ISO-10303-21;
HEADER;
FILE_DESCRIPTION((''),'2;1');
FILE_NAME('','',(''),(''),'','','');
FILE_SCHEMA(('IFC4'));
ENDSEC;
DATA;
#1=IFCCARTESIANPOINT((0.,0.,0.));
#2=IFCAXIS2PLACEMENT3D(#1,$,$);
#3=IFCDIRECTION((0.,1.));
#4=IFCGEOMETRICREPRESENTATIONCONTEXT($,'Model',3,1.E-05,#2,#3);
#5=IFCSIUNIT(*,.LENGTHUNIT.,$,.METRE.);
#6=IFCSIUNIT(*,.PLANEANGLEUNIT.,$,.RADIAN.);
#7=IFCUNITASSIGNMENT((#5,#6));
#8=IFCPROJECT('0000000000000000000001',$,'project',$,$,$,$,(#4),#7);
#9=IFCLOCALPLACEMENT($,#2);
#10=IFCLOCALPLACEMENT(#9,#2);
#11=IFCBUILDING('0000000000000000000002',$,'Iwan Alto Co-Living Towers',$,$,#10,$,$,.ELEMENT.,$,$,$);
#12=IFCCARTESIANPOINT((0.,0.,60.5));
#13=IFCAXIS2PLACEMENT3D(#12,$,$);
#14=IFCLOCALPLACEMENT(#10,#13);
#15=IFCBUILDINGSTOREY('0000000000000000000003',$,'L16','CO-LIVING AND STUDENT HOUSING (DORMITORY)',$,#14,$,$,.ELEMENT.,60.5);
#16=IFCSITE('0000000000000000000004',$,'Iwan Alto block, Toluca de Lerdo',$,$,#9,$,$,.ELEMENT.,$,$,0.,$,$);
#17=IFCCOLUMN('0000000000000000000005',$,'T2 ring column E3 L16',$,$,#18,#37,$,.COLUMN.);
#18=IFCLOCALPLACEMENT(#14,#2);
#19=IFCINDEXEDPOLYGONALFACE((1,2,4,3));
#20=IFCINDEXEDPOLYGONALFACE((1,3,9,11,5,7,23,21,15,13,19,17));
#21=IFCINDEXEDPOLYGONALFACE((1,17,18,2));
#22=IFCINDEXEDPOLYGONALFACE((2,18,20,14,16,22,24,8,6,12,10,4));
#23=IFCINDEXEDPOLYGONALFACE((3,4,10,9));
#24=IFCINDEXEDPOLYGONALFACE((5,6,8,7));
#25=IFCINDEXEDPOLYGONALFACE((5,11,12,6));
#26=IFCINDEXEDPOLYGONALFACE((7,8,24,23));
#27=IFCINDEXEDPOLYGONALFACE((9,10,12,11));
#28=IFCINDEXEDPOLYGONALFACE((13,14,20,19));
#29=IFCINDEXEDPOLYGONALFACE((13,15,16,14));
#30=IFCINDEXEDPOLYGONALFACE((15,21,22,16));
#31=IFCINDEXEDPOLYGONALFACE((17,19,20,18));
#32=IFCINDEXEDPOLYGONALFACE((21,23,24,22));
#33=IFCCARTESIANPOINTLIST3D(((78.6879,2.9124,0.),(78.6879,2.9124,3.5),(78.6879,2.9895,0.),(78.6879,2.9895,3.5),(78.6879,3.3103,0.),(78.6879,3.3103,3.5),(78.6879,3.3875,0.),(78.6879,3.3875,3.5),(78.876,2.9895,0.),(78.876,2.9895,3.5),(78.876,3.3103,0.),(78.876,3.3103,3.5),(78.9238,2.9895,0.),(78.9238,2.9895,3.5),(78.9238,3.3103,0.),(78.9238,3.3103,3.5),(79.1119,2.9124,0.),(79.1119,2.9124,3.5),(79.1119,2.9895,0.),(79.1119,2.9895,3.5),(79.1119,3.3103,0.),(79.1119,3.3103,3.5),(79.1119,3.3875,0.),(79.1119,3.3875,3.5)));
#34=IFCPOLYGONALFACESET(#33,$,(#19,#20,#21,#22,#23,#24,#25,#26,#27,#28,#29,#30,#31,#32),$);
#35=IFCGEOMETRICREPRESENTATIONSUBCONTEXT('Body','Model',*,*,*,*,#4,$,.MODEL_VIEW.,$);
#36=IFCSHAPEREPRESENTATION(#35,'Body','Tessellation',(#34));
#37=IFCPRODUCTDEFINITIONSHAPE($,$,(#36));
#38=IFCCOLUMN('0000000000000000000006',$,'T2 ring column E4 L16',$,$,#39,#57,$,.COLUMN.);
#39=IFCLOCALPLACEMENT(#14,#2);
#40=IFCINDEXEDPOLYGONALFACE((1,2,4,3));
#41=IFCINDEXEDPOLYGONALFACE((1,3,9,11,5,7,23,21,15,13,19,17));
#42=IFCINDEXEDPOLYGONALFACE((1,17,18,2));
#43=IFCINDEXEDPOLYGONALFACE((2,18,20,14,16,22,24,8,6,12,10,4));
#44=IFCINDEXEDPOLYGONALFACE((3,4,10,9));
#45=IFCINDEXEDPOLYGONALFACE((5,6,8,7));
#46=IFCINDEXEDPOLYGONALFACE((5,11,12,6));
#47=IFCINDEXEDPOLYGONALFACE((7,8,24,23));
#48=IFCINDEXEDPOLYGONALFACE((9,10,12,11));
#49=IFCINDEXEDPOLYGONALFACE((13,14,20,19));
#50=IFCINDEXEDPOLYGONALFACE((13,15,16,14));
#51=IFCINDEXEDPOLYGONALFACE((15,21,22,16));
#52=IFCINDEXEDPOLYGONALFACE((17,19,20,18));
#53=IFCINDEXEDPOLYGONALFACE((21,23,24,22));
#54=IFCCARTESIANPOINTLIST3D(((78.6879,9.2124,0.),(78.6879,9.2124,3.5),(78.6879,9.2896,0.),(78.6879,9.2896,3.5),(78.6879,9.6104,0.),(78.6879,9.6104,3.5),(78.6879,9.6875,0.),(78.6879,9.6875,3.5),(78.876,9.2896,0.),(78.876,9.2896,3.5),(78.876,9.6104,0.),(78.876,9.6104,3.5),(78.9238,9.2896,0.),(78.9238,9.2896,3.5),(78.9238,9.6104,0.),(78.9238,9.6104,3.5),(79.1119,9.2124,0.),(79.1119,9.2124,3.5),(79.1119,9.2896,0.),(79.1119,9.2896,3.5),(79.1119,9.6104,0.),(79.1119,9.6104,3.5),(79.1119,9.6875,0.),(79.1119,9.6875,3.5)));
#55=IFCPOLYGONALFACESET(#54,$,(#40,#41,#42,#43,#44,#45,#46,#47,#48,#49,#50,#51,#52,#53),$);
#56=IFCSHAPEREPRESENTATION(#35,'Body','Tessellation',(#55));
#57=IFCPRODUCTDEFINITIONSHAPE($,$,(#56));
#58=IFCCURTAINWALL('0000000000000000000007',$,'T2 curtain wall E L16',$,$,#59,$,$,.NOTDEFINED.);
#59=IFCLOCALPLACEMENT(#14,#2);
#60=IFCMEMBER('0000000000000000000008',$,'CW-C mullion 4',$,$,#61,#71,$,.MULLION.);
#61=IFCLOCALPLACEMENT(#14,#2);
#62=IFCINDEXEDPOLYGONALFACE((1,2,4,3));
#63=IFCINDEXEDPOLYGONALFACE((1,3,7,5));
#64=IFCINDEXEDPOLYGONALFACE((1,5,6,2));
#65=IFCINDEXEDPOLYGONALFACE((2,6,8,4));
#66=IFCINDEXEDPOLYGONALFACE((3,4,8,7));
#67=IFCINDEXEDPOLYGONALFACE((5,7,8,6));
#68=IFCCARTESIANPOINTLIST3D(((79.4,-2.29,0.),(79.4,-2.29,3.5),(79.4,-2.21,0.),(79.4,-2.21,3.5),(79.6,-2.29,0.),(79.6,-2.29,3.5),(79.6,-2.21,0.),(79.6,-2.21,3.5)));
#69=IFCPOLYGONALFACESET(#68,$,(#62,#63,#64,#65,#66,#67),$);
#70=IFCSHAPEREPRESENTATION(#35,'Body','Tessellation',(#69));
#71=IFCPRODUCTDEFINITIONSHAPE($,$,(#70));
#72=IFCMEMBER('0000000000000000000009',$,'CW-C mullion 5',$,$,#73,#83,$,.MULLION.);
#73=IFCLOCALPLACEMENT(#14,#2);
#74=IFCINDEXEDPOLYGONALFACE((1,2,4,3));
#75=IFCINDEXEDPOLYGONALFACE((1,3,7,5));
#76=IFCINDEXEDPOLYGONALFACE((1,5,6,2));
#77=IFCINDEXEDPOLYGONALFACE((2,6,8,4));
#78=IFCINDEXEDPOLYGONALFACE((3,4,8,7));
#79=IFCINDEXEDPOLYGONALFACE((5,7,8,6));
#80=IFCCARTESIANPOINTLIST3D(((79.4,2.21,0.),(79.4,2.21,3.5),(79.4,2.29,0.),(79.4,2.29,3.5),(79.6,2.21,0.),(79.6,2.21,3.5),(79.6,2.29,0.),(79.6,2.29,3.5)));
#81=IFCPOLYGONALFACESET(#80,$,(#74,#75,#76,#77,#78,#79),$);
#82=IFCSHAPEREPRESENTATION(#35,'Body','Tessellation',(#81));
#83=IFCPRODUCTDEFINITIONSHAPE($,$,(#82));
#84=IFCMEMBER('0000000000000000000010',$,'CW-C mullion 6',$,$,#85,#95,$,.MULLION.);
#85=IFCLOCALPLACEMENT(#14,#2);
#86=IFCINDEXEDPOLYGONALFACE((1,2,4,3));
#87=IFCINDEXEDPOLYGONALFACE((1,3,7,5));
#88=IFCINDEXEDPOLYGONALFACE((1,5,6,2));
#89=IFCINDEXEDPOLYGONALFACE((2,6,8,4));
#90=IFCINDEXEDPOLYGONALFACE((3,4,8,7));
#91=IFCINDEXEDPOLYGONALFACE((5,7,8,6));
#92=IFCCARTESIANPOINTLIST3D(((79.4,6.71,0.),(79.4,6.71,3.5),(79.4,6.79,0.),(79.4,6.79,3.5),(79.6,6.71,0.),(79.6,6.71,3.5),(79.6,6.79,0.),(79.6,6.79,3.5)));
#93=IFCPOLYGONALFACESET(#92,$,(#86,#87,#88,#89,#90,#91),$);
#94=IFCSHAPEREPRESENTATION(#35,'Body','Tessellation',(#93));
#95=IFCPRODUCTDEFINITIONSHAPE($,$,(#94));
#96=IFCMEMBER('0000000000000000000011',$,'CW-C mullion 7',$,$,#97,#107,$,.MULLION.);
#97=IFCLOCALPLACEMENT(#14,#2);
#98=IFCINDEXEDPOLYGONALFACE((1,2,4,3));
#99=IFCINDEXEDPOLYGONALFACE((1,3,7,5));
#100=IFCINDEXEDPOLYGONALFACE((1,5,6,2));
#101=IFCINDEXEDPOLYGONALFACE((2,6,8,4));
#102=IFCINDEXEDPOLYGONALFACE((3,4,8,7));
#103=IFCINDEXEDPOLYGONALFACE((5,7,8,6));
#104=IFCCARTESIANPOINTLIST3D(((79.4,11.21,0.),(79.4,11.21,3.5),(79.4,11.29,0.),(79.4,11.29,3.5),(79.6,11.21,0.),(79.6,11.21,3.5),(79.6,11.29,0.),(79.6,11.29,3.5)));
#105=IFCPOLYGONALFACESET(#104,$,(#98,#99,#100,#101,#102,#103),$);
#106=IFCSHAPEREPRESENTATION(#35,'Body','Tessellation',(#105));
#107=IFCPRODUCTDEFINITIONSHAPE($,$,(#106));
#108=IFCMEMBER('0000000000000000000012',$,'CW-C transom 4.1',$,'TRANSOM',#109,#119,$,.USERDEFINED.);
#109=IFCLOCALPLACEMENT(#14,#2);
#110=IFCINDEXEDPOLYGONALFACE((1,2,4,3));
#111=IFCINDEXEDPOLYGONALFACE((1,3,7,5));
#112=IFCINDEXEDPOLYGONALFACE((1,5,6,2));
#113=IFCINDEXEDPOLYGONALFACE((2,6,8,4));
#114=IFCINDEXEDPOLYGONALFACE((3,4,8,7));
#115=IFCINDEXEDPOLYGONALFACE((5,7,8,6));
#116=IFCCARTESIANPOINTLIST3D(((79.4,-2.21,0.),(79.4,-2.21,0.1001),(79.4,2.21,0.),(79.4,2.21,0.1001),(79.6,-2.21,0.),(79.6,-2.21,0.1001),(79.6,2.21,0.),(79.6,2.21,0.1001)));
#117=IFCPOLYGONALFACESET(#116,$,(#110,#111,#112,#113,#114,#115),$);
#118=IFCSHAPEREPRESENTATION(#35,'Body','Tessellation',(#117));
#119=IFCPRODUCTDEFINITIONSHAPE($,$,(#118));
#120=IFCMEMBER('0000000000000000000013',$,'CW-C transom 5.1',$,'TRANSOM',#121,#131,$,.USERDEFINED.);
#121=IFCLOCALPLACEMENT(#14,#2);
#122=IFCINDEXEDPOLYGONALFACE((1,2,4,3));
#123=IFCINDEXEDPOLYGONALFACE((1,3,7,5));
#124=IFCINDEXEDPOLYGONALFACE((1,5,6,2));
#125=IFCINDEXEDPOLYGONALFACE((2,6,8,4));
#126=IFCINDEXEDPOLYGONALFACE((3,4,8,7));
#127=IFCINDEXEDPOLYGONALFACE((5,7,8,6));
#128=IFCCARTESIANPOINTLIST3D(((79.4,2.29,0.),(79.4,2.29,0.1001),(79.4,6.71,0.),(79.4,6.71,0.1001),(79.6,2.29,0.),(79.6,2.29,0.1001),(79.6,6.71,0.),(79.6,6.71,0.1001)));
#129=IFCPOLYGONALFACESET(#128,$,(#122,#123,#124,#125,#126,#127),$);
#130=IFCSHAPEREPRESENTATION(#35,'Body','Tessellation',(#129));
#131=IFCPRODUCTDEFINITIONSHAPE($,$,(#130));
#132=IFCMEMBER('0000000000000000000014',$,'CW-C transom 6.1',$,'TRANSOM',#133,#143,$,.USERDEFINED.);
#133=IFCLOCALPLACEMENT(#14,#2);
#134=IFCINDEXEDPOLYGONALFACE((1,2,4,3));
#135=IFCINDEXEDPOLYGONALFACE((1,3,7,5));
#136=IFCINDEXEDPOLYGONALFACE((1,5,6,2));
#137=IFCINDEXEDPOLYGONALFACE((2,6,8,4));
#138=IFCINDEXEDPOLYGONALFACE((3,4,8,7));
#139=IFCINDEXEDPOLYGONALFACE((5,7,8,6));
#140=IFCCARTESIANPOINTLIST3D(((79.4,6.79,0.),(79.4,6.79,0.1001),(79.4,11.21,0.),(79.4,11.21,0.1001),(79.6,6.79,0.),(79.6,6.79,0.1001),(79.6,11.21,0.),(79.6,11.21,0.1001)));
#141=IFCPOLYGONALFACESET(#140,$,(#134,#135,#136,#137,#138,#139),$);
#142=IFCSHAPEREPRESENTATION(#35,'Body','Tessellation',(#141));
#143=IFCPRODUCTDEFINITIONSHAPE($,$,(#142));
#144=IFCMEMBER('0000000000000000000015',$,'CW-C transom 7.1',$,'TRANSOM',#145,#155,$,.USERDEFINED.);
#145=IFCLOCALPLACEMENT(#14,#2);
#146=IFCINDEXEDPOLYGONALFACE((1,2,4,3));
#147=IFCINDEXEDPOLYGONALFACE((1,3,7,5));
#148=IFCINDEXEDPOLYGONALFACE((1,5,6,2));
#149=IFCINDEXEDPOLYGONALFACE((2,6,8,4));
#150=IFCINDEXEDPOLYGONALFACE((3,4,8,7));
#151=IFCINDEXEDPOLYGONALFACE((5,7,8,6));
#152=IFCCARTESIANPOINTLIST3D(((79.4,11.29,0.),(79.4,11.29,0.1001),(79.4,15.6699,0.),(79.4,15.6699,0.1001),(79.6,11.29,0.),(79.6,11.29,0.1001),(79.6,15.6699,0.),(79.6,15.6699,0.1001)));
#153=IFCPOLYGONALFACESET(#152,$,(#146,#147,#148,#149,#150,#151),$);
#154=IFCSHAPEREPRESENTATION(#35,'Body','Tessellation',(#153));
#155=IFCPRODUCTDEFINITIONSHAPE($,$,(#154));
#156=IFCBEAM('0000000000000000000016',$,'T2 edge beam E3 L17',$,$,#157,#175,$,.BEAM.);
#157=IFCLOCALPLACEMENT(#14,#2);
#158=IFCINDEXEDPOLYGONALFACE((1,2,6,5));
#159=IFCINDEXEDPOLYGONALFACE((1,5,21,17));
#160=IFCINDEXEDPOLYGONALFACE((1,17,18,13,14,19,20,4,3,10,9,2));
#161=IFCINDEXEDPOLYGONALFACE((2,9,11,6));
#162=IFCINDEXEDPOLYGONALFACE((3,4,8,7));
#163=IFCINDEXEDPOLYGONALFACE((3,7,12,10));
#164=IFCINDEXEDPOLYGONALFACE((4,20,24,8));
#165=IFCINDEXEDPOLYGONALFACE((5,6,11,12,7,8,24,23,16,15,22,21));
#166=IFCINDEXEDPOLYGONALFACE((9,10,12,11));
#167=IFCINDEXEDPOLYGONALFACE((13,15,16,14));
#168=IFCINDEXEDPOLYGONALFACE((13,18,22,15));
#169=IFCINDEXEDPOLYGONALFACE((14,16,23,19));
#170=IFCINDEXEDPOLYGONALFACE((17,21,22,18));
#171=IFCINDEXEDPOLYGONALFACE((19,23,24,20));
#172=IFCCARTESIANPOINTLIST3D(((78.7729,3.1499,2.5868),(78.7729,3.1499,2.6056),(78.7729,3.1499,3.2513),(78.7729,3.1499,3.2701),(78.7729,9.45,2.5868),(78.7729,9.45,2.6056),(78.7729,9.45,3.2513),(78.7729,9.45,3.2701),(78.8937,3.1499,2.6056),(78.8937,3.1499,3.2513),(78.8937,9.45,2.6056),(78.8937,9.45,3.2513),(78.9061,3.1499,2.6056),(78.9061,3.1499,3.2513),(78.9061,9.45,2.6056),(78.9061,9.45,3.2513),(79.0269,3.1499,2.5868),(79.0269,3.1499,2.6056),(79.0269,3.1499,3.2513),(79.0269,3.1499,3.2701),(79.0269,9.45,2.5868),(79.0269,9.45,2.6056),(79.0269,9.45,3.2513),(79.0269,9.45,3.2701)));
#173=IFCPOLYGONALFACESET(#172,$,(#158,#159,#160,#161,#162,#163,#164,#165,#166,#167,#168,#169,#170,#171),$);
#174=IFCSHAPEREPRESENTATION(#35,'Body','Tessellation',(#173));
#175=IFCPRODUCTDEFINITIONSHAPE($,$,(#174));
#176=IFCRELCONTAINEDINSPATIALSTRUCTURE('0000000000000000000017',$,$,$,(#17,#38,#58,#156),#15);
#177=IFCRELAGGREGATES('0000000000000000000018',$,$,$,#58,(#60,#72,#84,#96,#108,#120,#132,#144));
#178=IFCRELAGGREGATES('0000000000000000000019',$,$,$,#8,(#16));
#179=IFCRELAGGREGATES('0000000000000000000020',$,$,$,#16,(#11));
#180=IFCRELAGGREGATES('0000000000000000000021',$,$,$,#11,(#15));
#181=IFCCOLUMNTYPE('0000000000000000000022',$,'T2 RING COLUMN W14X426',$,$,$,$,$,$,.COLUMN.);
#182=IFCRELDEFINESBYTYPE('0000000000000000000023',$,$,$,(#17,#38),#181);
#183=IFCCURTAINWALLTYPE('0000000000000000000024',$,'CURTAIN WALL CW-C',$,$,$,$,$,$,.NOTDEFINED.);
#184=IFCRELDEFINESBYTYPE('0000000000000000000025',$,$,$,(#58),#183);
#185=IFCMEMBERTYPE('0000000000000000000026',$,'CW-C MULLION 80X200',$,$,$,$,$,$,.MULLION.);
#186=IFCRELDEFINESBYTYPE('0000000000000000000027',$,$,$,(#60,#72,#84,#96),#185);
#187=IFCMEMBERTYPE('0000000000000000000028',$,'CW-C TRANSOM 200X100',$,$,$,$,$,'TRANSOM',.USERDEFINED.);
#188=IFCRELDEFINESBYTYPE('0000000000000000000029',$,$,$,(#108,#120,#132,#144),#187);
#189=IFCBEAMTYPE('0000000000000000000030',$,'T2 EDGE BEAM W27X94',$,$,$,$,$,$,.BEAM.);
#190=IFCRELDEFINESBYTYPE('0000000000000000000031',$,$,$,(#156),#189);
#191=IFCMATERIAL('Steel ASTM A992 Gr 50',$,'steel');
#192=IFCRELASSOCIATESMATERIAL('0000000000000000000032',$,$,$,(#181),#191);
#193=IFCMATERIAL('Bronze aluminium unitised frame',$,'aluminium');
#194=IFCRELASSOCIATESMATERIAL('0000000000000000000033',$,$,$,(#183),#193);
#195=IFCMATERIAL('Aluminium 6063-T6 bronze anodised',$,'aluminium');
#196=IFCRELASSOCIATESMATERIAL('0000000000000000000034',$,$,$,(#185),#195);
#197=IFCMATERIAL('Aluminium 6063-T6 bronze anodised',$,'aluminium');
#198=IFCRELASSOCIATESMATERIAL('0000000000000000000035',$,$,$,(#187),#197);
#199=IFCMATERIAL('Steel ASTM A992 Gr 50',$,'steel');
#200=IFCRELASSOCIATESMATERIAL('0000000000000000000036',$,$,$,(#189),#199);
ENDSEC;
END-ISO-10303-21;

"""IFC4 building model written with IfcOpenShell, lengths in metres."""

from ifc_helpers import new_model, si_unit, direction, frame, origin, origin_2d, place, context, subcontext, project, spatial, rectangle, i_section, extrude, material, material_profile, profile_set, type_object, element, aggregate, save


model = new_model("IFC4")

# Units and contexts
model_context = context("Model", 3, precision=1e-05, world=origin(), true_north=direction((0.0, 1.0)))
body_context = subcontext(model_context, "Body", "Model", "MODEL_VIEW")
ifc_project = project(units=[si_unit("LENGTHUNIT", "METRE"), si_unit("PLANEANGLEUNIT", "RADIAN")], contexts=[model_context])

# Site, building, storey
site_placement = place(None, origin())
site = spatial("IfcSite", under=ifc_project, at=site_placement, Name="Iwan Alto block, Toluca de Lerdo", CompositionType="ELEMENT", RefElevation=0.0)
building_placement = place(site_placement, origin())
building = spatial("IfcBuilding", under=site, at=building_placement, Name="Iwan Alto Co-Living Towers", CompositionType="ELEMENT")
storey_placement = place(building_placement, frame((0.0, 0.0, 60.5)))
storey = spatial("IfcBuildingStorey", under=building, at=storey_placement, Name="L16", Description="CO-LIVING AND STUDENT HOUSING (DORMITORY)", CompositionType="ELEMENT", Elevation=60.5)

# Columns
ifc_material_1 = material(Name="Steel ASTM A992 Gr 50", Category="steel")
ifc_material_profile_1 = material_profile(ifc_material_1, i_section(OverallWidth=0.4241, OverallDepth=0.4751, WebThickness=0.0479, FlangeThickness=0.0771, at=origin_2d()), Name="W14X426")
ifc_profile_set_1 = profile_set([ifc_material_profile_1], Name="Steel ASTM A992 Gr 50")
column_type = type_object("IfcColumnType", Name="T2 RING COLUMN W14X426", PredefinedType="COLUMN", material=ifc_profile_set_1)
for number, where, z_axis, x_axis, name in (
    (1, (78.8999, 3.1499, 0.0), (0.0, 0.0, 1.0), (1.0, 0.0, 0.0), "T2 ring column E3 L16"),
    (2, (78.8999, 9.45, 0.0), (0.0, 0.0, 1.0), (1.0, 0.0, 0.0), "T2 ring column E4 L16"),
):
    element("IfcColumn", number, at=place(storey_placement, frame(where, z_axis=z_axis, x_axis=x_axis)), inside=storey, type_object=column_type, Name=name, PredefinedType="COLUMN", context=body_context, shape_type="SweptSolid", body=[
        extrude(i_section(OverallWidth=0.4241, OverallDepth=0.4751, WebThickness=0.0479, FlangeThickness=0.0771, at=origin_2d()), origin(), (0.0, 0.0, 1.0), 3.5),
    ])

# Curtain wall, members
ifc_material_2 = material(Name="Bronze aluminium unitised frame", Category="aluminium")
curtain_wall_type = type_object("IfcCurtainWallType", Name="CURTAIN WALL CW-C", PredefinedType="NOTDEFINED", material=ifc_material_2)
curtain_wall_placement = place(storey_placement, origin())
curtain_wall = element("IfcCurtainWall", 3, at=curtain_wall_placement, inside=storey, type_object=curtain_wall_type, Name="T2 curtain wall E L16", PredefinedType="NOTDEFINED")
ifc_material_3 = material(Name="Aluminium 6063-T6 bronze anodised", Category="aluminium")
ifc_material_profile_2 = material_profile(ifc_material_3, rectangle(XDim=0.2, YDim=0.0801, at=origin_2d()), Name="AL 80X200")
ifc_profile_set_2 = profile_set([ifc_material_profile_2], Name="Aluminium 6063-T6 bronze anodised")
member_type_1 = type_object("IfcMemberType", Name="CW-C MULLION 80X200", PredefinedType="MULLION", material=ifc_profile_set_2)
member_1_placement = place(storey_placement, frame((79.5, -2.25, 0.0), z_axis=(0.0, 0.0, 1.0), x_axis=(-1.0, 0.0, 0.0)))
member_1 = element("IfcMember", 4, at=member_1_placement, type_object=member_type_1, Name="CW-C mullion 4", PredefinedType="MULLION", context=body_context, shape_type="SweptSolid", body=[
    extrude(rectangle(XDim=0.2, YDim=0.0801, at=origin_2d()), origin(), (0.0, 0.0, 1.0), 3.5),
])
member_2_placement = place(storey_placement, frame((79.5, 2.25, 0.0), z_axis=(0.0, 0.0, 1.0), x_axis=(-1.0, 0.0, 0.0)))
member_2 = element("IfcMember", 5, at=member_2_placement, type_object=member_type_1, Name="CW-C mullion 5", PredefinedType="MULLION", context=body_context, shape_type="SweptSolid", body=[
    extrude(rectangle(XDim=0.2, YDim=0.0801, at=origin_2d()), origin(), (0.0, 0.0, 1.0), 3.5),
])
member_3_placement = place(storey_placement, frame((79.5, 6.75, 0.0), z_axis=(0.0, 0.0, 1.0), x_axis=(-1.0, 0.0, 0.0)))
member_3 = element("IfcMember", 6, at=member_3_placement, type_object=member_type_1, Name="CW-C mullion 6", PredefinedType="MULLION", context=body_context, shape_type="SweptSolid", body=[
    extrude(rectangle(XDim=0.2, YDim=0.0801, at=origin_2d()), origin(), (0.0, 0.0, 1.0), 3.5),
])
member_4_placement = place(storey_placement, frame((79.5, 11.25, 0.0), z_axis=(0.0, 0.0, 1.0), x_axis=(-1.0, 0.0, 0.0)))
member_4 = element("IfcMember", 7, at=member_4_placement, type_object=member_type_1, Name="CW-C mullion 7", PredefinedType="MULLION", context=body_context, shape_type="SweptSolid", body=[
    extrude(rectangle(XDim=0.2, YDim=0.0801, at=origin_2d()), origin(), (0.0, 0.0, 1.0), 3.5),
])
ifc_material_4 = material(Name="Aluminium 6063-T6 bronze anodised", Category="aluminium")
ifc_material_profile_3 = material_profile(ifc_material_4, rectangle(XDim=0.2, YDim=0.1001, at=origin_2d()), Name="AL 200X100")
ifc_profile_set_3 = profile_set([ifc_material_profile_3], Name="Aluminium 6063-T6 bronze anodised")
member_type_2 = type_object("IfcMemberType", Name="CW-C TRANSOM 200X100", ElementType="TRANSOM", PredefinedType="USERDEFINED", material=ifc_profile_set_3)
member_5_placement = place(storey_placement, frame((79.5, -2.21, 0.05), z_axis=(0.0, 1.0, 0.0), x_axis=(-1.0, 0.0, 0.0)))
member_5 = element("IfcMember", 8, at=member_5_placement, type_object=member_type_2, Name="CW-C transom 4.1", ObjectType="TRANSOM", PredefinedType="USERDEFINED", context=body_context, shape_type="SweptSolid", body=[
    extrude(rectangle(XDim=0.2, YDim=0.1001, at=origin_2d()), origin(), (0.0, 0.0, 1.0), 4.4199),
])
member_6_placement = place(storey_placement, frame((79.5, 2.29, 0.05), z_axis=(0.0, 1.0, 0.0), x_axis=(-1.0, 0.0, 0.0)))
member_6 = element("IfcMember", 9, at=member_6_placement, type_object=member_type_2, Name="CW-C transom 5.1", ObjectType="TRANSOM", PredefinedType="USERDEFINED", context=body_context, shape_type="SweptSolid", body=[
    extrude(rectangle(XDim=0.2, YDim=0.1001, at=origin_2d()), origin(), (0.0, 0.0, 1.0), 4.4199),
])
member_7_placement = place(storey_placement, frame((79.5, 6.79, 0.05), z_axis=(0.0, 1.0, 0.0), x_axis=(-1.0, 0.0, 0.0)))
member_7 = element("IfcMember", 10, at=member_7_placement, type_object=member_type_2, Name="CW-C transom 6.1", ObjectType="TRANSOM", PredefinedType="USERDEFINED", context=body_context, shape_type="SweptSolid", body=[
    extrude(rectangle(XDim=0.2, YDim=0.1001, at=origin_2d()), origin(), (0.0, 0.0, 1.0), 4.4199),
])
member_8_placement = place(storey_placement, frame((79.5, 11.29, 0.05), z_axis=(0.0, 1.0, 0.0), x_axis=(-1.0, 0.0, 0.0)))
member_8 = element("IfcMember", 11, at=member_8_placement, type_object=member_type_2, Name="CW-C transom 7.1", ObjectType="TRANSOM", PredefinedType="USERDEFINED", context=body_context, shape_type="SweptSolid", body=[
    extrude(rectangle(XDim=0.2, YDim=0.1001, at=origin_2d()), origin(), (0.0, 0.0, 1.0), 4.3799),
])

# Beam
ifc_material_5 = material(Name="Steel ASTM A992 Gr 50", Category="steel")
ifc_material_profile_4 = material_profile(ifc_material_5, i_section(OverallWidth=0.2539, OverallDepth=0.6833, WebThickness=0.0125, FlangeThickness=0.0188, at=origin_2d()), Name="W27X94")
ifc_profile_set_4 = profile_set([ifc_material_profile_4], Name="Steel ASTM A992 Gr 50")
beam_type_1 = type_object("IfcBeamType", Name="T2 EDGE BEAM W27X94", PredefinedType="BEAM", material=ifc_profile_set_4)
beam_1_placement = place(storey_placement, frame((78.8999, 3.1499, 2.9285), z_axis=(0.0, 1.0, 0.0), x_axis=(-1.0, 0.0, 0.0)))
element("IfcBeam", 12, at=beam_1_placement, inside=storey, type_object=beam_type_1, Name="T2 edge beam E3 L17", PredefinedType="BEAM", context=body_context, shape_type="SweptSolid", body=[
    extrude(i_section(OverallWidth=0.2539, OverallDepth=0.6833, WebThickness=0.0125, FlangeThickness=0.0188, at=origin_2d()), origin(), (0.0, 0.0, 1.0), 6.3),
])

aggregate(curtain_wall, [member_1, member_2, member_3, member_4, member_5, member_6, member_7, member_8])

save(model, "model.ifc")
